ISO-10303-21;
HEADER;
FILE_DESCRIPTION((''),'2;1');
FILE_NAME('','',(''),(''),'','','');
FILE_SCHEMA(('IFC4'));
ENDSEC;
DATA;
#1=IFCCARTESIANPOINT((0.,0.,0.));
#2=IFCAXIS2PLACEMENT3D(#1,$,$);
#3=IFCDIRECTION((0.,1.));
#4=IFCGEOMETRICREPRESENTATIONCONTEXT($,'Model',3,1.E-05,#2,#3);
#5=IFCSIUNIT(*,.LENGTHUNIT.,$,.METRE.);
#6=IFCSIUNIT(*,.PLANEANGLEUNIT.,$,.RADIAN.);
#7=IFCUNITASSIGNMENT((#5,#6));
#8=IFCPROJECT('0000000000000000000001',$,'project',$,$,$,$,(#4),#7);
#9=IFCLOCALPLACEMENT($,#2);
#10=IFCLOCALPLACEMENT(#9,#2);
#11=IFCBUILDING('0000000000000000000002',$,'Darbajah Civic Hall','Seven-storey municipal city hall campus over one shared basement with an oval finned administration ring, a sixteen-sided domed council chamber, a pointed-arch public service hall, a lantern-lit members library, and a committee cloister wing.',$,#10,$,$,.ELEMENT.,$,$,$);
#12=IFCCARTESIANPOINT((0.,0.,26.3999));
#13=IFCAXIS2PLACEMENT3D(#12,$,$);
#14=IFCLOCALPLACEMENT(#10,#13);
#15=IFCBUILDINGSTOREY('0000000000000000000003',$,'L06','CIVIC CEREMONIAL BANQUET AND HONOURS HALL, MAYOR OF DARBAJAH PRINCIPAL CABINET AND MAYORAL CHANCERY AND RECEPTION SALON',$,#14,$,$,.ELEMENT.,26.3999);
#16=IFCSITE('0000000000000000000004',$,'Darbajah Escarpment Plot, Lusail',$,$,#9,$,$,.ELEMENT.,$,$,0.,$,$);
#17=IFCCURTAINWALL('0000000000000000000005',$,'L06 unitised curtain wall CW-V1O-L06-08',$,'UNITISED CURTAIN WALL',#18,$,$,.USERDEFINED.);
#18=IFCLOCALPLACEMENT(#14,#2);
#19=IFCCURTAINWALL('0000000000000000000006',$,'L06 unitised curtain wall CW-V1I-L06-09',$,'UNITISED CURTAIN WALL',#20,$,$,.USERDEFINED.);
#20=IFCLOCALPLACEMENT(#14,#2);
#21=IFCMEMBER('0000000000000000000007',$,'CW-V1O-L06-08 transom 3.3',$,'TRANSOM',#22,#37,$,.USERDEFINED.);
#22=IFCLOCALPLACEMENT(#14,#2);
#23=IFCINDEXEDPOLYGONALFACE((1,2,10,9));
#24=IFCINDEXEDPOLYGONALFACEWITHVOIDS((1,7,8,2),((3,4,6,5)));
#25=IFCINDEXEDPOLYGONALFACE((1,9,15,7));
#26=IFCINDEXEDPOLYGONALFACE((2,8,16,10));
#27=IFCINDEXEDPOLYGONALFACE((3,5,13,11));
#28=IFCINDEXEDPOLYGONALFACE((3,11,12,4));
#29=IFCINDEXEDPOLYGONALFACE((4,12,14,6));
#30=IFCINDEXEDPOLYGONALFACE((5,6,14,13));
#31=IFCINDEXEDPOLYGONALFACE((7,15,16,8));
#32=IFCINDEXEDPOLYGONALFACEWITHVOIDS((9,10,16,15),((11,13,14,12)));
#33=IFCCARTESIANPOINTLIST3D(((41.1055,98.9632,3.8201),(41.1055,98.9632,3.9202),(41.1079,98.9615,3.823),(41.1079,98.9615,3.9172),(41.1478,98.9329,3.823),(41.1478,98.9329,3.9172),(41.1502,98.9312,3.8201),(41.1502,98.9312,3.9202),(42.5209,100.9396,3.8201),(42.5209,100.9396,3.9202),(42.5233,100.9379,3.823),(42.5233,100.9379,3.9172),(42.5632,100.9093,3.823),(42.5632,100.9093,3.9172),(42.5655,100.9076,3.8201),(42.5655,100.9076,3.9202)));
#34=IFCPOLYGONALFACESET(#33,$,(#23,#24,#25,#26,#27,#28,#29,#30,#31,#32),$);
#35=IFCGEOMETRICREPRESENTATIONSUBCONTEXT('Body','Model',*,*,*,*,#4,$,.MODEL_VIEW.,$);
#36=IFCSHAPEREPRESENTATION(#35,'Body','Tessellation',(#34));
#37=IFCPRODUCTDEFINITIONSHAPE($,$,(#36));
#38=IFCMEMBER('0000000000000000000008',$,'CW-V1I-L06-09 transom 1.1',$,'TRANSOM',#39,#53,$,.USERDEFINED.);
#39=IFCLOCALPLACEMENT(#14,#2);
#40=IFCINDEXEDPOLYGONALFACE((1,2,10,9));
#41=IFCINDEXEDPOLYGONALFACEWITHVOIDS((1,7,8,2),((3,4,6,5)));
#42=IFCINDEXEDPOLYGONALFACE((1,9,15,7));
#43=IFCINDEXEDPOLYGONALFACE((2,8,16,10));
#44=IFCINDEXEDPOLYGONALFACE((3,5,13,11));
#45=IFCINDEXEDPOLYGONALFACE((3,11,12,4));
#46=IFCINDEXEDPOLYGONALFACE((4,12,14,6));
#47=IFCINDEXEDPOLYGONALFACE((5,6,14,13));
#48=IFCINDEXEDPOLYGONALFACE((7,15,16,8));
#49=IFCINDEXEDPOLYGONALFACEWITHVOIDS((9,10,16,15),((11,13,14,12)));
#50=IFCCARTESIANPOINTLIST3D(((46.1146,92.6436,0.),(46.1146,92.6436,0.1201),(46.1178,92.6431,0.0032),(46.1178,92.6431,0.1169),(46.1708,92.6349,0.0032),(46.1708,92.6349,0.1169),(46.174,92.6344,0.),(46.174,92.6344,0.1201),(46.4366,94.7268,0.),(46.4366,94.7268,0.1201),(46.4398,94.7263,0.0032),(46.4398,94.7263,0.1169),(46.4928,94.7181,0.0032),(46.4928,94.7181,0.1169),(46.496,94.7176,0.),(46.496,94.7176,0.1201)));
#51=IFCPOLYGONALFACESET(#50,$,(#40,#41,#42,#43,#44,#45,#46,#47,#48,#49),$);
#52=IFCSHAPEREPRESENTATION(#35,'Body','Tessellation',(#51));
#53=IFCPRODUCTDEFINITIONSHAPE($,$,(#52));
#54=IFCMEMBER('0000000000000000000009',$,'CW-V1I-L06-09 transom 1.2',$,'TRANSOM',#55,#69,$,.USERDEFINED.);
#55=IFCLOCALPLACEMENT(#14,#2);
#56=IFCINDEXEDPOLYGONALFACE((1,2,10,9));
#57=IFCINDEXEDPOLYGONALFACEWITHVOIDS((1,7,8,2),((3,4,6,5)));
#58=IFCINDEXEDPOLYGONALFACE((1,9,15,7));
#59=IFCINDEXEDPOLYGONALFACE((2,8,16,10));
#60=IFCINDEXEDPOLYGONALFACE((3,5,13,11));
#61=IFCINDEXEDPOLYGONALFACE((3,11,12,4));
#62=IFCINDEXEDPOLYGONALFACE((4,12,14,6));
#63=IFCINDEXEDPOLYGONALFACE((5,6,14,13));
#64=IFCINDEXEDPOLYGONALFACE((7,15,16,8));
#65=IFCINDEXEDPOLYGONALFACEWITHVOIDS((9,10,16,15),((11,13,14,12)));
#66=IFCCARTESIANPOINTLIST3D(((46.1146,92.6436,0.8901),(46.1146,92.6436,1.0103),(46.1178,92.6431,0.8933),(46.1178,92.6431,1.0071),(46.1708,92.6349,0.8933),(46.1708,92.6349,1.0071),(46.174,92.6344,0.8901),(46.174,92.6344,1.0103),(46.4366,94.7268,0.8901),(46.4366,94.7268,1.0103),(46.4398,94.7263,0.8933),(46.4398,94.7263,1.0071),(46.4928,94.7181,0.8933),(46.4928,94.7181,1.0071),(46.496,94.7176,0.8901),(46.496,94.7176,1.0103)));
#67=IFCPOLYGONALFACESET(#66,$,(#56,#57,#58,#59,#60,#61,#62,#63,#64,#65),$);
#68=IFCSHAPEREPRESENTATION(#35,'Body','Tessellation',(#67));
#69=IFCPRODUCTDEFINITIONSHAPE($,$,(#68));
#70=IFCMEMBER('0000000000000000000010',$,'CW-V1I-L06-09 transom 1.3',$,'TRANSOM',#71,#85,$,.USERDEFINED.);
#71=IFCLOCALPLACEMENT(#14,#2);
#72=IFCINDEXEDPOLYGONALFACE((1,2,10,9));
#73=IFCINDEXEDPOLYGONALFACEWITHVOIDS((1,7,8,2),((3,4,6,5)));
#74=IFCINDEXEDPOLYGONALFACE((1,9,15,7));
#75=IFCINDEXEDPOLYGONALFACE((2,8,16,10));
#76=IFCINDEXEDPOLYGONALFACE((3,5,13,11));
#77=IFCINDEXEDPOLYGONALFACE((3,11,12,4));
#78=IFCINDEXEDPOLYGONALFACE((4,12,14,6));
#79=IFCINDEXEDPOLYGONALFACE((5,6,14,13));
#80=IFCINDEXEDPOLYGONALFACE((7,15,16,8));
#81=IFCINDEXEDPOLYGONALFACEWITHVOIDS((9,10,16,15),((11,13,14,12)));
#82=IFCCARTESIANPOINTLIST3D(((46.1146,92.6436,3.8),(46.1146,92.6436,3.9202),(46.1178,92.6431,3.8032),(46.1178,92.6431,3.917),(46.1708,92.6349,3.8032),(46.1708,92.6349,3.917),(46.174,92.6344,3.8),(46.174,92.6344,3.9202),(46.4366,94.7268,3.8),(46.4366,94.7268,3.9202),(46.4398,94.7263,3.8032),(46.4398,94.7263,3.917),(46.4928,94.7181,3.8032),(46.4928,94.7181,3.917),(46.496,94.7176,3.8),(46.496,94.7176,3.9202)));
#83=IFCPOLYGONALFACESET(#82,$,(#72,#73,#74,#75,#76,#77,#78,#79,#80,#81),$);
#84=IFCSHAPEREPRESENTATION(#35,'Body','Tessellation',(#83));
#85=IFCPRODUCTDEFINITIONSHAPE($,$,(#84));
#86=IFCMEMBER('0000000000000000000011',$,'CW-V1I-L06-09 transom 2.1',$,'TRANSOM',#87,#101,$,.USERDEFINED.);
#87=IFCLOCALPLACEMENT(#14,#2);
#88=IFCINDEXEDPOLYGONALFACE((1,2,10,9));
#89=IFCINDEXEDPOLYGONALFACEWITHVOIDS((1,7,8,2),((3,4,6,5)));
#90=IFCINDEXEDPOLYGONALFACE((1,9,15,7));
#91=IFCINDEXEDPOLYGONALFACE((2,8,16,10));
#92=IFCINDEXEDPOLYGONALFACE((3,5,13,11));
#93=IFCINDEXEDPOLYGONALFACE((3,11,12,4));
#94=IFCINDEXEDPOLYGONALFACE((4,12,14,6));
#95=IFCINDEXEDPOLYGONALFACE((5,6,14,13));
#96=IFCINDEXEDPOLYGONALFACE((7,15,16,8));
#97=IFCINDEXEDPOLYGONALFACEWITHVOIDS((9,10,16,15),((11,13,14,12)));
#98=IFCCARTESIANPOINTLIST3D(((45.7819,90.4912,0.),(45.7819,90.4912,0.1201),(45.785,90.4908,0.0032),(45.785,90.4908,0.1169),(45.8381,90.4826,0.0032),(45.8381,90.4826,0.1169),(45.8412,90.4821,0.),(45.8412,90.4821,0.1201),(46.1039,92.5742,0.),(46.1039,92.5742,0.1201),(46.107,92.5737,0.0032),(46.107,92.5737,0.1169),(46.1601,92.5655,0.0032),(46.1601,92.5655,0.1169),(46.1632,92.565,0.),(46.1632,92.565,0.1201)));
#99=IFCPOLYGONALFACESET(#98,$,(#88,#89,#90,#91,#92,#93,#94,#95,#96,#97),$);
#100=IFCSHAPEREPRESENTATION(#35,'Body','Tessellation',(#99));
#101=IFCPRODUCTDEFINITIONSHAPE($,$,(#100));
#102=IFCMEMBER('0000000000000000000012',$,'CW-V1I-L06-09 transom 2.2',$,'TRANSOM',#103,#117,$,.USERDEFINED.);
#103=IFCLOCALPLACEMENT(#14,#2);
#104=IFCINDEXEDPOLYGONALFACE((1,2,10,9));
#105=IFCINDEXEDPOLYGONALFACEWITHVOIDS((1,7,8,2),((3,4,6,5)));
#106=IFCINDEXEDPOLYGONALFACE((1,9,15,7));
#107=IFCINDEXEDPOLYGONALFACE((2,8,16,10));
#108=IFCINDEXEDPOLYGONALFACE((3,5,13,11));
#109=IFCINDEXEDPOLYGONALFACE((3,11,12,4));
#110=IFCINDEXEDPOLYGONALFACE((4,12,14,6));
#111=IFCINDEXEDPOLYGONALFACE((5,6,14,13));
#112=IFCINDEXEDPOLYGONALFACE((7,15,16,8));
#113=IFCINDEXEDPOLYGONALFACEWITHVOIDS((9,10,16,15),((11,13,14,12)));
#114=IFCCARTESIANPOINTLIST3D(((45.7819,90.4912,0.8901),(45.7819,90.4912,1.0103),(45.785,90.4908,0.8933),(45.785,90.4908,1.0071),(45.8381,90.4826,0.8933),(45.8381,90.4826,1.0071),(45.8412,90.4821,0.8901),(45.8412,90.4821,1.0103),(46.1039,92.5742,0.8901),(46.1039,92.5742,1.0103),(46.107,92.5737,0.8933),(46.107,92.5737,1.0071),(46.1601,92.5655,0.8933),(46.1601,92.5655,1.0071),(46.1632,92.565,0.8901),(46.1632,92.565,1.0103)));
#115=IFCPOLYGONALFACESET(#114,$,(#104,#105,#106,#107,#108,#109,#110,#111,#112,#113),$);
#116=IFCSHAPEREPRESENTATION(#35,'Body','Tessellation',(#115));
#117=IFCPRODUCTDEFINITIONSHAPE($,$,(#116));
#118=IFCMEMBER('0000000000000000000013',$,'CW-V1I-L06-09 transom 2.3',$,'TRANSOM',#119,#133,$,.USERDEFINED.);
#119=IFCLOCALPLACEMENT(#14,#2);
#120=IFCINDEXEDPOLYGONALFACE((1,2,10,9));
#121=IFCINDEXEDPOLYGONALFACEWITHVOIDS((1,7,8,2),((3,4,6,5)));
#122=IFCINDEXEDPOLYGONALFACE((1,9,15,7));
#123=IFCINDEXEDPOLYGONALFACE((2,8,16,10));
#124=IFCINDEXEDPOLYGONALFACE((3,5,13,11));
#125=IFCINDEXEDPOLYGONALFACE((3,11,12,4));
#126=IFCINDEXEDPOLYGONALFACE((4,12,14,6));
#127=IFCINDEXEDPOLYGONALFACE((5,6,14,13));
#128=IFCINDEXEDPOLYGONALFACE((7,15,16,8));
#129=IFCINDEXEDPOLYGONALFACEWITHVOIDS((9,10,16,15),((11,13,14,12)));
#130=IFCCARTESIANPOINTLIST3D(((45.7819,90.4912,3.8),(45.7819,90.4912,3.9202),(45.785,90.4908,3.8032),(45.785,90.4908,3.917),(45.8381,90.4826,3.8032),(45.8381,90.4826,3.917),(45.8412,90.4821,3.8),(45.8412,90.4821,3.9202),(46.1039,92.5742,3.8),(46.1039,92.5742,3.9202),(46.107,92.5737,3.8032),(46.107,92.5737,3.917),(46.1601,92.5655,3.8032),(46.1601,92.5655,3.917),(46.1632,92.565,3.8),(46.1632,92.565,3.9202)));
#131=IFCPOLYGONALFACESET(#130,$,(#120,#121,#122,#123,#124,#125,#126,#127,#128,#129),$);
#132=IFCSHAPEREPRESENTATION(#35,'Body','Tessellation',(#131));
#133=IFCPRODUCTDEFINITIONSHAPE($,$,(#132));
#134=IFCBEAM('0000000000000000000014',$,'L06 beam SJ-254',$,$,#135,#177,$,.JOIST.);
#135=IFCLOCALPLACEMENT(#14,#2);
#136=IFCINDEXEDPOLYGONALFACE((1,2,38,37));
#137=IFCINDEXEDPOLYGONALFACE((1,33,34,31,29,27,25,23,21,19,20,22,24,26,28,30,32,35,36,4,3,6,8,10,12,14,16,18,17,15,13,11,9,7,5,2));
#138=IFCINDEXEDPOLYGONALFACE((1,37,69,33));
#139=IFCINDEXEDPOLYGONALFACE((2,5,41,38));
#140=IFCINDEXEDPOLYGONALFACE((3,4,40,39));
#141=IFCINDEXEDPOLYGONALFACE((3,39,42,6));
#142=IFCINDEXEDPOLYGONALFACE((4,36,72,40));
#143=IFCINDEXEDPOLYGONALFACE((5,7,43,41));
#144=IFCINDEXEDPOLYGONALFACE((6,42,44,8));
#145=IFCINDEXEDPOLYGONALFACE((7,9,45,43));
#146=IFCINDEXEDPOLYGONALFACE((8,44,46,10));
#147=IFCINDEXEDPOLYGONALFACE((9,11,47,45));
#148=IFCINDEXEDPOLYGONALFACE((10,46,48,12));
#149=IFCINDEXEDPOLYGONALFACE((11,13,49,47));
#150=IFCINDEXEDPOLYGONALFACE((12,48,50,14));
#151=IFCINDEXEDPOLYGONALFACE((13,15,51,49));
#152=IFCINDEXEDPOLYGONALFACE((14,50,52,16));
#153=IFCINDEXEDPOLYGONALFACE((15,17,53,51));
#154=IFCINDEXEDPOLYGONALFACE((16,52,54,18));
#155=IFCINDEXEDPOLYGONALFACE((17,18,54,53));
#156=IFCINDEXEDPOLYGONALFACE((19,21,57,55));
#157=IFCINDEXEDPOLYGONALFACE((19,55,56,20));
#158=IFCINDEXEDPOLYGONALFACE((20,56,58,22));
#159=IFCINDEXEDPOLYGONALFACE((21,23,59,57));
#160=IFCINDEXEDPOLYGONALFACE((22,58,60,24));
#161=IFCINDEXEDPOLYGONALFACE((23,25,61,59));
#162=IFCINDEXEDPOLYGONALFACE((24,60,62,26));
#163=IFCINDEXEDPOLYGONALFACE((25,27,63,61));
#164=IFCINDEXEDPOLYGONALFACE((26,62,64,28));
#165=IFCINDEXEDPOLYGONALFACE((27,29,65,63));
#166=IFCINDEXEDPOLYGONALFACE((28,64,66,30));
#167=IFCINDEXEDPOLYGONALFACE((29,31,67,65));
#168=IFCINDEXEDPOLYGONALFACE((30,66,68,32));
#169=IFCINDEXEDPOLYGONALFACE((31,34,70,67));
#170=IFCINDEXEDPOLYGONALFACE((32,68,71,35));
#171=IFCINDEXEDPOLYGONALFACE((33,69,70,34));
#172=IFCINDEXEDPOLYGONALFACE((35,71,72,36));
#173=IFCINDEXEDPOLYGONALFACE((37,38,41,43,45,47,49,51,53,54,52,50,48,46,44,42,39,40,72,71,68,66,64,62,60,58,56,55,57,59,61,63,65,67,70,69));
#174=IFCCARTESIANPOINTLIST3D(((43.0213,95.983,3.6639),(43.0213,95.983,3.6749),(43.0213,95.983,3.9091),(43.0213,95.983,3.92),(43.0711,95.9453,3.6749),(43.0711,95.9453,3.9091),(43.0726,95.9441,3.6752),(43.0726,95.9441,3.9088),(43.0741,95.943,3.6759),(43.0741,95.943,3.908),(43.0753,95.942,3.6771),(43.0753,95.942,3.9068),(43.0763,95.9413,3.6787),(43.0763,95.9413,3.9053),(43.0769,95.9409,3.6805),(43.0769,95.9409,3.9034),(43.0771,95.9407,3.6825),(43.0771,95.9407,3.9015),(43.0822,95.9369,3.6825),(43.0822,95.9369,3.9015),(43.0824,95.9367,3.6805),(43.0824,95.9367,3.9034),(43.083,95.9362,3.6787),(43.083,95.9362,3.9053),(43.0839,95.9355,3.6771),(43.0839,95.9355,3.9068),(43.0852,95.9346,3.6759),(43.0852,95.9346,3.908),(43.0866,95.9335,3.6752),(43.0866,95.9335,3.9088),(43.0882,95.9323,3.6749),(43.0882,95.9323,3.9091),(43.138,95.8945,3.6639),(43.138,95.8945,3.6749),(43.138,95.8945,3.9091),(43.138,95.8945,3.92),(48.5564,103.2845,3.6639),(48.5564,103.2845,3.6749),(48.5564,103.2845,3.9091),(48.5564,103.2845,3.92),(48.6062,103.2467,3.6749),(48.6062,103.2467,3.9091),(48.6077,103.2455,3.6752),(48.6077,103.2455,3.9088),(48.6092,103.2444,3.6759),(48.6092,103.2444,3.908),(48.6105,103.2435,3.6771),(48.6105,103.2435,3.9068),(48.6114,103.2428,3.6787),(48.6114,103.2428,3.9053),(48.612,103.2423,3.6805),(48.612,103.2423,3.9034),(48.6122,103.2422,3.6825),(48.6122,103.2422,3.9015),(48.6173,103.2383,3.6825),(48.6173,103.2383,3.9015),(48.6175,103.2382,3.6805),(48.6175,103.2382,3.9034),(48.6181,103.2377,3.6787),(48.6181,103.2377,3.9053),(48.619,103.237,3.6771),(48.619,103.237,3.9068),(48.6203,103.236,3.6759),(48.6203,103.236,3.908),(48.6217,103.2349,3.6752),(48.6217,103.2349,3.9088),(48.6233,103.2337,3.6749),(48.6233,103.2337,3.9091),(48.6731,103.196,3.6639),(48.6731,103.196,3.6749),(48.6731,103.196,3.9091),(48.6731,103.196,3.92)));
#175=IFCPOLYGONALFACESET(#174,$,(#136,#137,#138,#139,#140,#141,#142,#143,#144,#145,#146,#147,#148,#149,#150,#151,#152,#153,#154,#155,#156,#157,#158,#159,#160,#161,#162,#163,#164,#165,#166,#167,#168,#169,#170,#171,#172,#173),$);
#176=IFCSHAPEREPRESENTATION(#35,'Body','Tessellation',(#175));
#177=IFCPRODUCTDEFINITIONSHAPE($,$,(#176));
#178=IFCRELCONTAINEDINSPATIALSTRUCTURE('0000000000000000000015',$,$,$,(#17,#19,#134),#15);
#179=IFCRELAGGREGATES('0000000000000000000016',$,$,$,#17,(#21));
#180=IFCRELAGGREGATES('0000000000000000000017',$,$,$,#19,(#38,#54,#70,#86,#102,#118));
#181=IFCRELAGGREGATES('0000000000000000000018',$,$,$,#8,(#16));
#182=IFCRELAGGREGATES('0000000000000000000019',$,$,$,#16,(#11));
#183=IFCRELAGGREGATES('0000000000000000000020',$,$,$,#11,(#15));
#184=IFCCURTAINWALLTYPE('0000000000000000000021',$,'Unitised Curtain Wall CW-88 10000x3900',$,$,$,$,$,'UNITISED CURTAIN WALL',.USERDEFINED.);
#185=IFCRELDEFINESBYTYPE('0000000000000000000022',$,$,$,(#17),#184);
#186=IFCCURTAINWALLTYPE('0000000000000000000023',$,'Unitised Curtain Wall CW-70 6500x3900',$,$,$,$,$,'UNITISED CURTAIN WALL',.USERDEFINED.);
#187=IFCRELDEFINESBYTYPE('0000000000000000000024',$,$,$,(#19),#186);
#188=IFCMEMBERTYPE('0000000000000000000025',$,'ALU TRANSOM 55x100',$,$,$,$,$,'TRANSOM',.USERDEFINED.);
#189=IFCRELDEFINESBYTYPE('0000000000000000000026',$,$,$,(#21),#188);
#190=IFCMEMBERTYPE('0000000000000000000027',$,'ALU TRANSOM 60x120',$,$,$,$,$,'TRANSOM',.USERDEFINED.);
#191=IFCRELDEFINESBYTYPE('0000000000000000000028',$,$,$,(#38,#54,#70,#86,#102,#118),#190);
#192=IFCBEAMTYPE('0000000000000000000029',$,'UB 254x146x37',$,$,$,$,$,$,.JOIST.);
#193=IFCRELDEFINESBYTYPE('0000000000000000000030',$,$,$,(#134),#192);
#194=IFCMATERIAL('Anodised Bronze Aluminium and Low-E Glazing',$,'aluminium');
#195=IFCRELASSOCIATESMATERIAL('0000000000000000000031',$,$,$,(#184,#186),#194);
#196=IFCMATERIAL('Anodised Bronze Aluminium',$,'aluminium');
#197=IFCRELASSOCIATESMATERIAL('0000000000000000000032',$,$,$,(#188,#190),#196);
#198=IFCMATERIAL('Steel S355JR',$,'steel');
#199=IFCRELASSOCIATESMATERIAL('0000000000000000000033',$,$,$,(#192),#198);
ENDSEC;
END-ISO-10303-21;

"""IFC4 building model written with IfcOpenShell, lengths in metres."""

from ifc_helpers import new_model, si_unit, direction, frame, origin, origin_2d, place, context, subcontext, project, spatial, hollow_rectangle, i_section, extrude, material, material_profile, profile_set, type_object, element, aggregate, save


model = new_model("IFC4")

# Units and contexts
model_context = context("Model", 3, precision=1e-05, world=origin(), true_north=direction((0.0, 1.0)))
body_context = subcontext(model_context, "Body", "Model", "MODEL_VIEW")
ifc_project = project(units=[si_unit("LENGTHUNIT", "METRE"), si_unit("PLANEANGLEUNIT", "RADIAN")], contexts=[model_context])

# Site, building, storey
site_placement = place(None, origin())
site = spatial("IfcSite", under=ifc_project, at=site_placement, Name="Darbajah Escarpment Plot, Lusail", CompositionType="ELEMENT", RefElevation=0.0)
building_placement = place(site_placement, origin())
building = spatial("IfcBuilding", under=site, at=building_placement, Name="Darbajah Civic Hall", Description="Seven-storey municipal city hall campus over one shared basement with an oval finned administration ring, a sixteen-sided domed council chamber, a pointed-arch public service hall, a lantern-lit members library, and a committee cloister wing.", CompositionType="ELEMENT")
storey_placement = place(building_placement, frame((0.0, 0.0, 26.3999)))
storey = spatial("IfcBuildingStorey", under=building, at=storey_placement, Name="L06", Description="CIVIC CEREMONIAL BANQUET AND HONOURS HALL, MAYOR OF DARBAJAH PRINCIPAL CABINET AND MAYORAL CHANCERY AND RECEPTION SALON", CompositionType="ELEMENT", Elevation=26.3999)

# Curtain walls
ifc_material_1 = material(Name="Anodised Bronze Aluminium and Low-E Glazing", Category="aluminium")
curtain_wall_type_1 = type_object("IfcCurtainWallType", Name="Unitised Curtain Wall CW-88 10000x3900", ElementType="UNITISED CURTAIN WALL", PredefinedType="USERDEFINED", material=ifc_material_1)
curtain_wall_1_placement = place(storey_placement, origin())
curtain_wall_1 = element("IfcCurtainWall", 1, at=curtain_wall_1_placement, inside=storey, type_object=curtain_wall_type_1, Name="L06 unitised curtain wall CW-V1O-L06-08", ObjectType="UNITISED CURTAIN WALL", PredefinedType="USERDEFINED")
ifc_material_2 = material(Name="Anodised Bronze Aluminium", Category="aluminium")
curtain_wall_type_2 = type_object("IfcCurtainWallType", Name="Unitised Curtain Wall CW-70 6500x3900", ElementType="UNITISED CURTAIN WALL", PredefinedType="USERDEFINED", material=ifc_material_1)
curtain_wall_2_placement = place(storey_placement, origin())
curtain_wall_2 = element("IfcCurtainWall", 2, at=curtain_wall_2_placement, inside=storey, type_object=curtain_wall_type_2, Name="L06 unitised curtain wall CW-V1I-L06-09", ObjectType="UNITISED CURTAIN WALL", PredefinedType="USERDEFINED")

# Members
ifc_material_profile_1 = material_profile(ifc_material_2, hollow_rectangle(XDim=0.0549, YDim=0.1001, WallThickness=0.0029, at=origin_2d()), Name="ALU TRANSOM 55x100")
ifc_profile_set_1 = profile_set([ifc_material_profile_1], Name="Anodised Bronze Aluminium")
member_type_1 = type_object("IfcMemberType", Name="ALU TRANSOM 55x100", ElementType="TRANSOM", PredefinedType="USERDEFINED", material=ifc_profile_set_1)
member_1_placement = place(storey_placement, frame((42.5432, 100.9236, 3.8701), z_axis=(-0.582226, -0.813027, 0.0), x_axis=(0.813027, -0.582226, 0.0)))
member_1 = element("IfcMember", 3, at=member_1_placement, type_object=member_type_1, Name="CW-V1O-L06-08 transom 3.3", ObjectType="TRANSOM", PredefinedType="USERDEFINED", context=body_context, shape_type="SweptSolid", body=[
    extrude(hollow_rectangle(XDim=0.0549, YDim=0.1001, WallThickness=0.0029, at=origin_2d()), origin(), (0.0, 0.0, 1.0), 2.4309),
])
ifc_material_profile_2 = material_profile(ifc_material_2, hollow_rectangle(XDim=0.0601, YDim=0.1201, WallThickness=0.0032, at=origin_2d()), Name="ALU TRANSOM 60x120")
ifc_profile_set_2 = profile_set([ifc_material_profile_2], Name="Anodised Bronze Aluminium")
member_type_2 = type_object("IfcMemberType", Name="ALU TRANSOM 60x120", ElementType="TRANSOM", PredefinedType="USERDEFINED", material=ifc_profile_set_2)
member_2_placement = place(storey_placement, frame((46.4663, 94.7222, 0.0601), z_axis=(-0.152762, -0.988263, 0.0), x_axis=(0.988263, -0.152762, 0.0)))
member_2 = element("IfcMember", 4, at=member_2_placement, type_object=member_type_2, Name="CW-V1I-L06-09 transom 1.1", ObjectType="TRANSOM", PredefinedType="USERDEFINED", context=body_context, shape_type="SweptSolid", body=[
    extrude(hollow_rectangle(XDim=0.0601, YDim=0.1201, WallThickness=0.0032, at=origin_2d()), origin(), (0.0, 0.0, 1.0), 2.1079),
])
member_3_placement = place(storey_placement, frame((46.4663, 94.7222, 0.9502), z_axis=(-0.152762, -0.988263, 0.0), x_axis=(0.988263, -0.152762, 0.0)))
member_3 = element("IfcMember", 5, at=member_3_placement, type_object=member_type_2, Name="CW-V1I-L06-09 transom 1.2", ObjectType="TRANSOM", PredefinedType="USERDEFINED", context=body_context, shape_type="SweptSolid", body=[
    extrude(hollow_rectangle(XDim=0.0601, YDim=0.1201, WallThickness=0.0032, at=origin_2d()), origin(), (0.0, 0.0, 1.0), 2.1079),
])
member_4_placement = place(storey_placement, frame((46.4663, 94.7222, 3.8601), z_axis=(-0.152762, -0.988263, 0.0), x_axis=(0.988263, -0.152762, 0.0)))
member_4 = element("IfcMember", 6, at=member_4_placement, type_object=member_type_2, Name="CW-V1I-L06-09 transom 1.3", ObjectType="TRANSOM", PredefinedType="USERDEFINED", context=body_context, shape_type="SweptSolid", body=[
    extrude(hollow_rectangle(XDim=0.0601, YDim=0.1201, WallThickness=0.0032, at=origin_2d()), origin(), (0.0, 0.0, 1.0), 2.1079),
])
member_5_placement = place(storey_placement, frame((46.1335, 92.5696, 0.0601), z_axis=(-0.15278, -0.98826, 0.0), x_axis=(0.98826, -0.15278, 0.0)))
member_5 = element("IfcMember", 7, at=member_5_placement, type_object=member_type_2, Name="CW-V1I-L06-09 transom 2.1", ObjectType="TRANSOM", PredefinedType="USERDEFINED", context=body_context, shape_type="SweptSolid", body=[
    extrude(hollow_rectangle(XDim=0.0601, YDim=0.1201, WallThickness=0.0032, at=origin_2d()), origin(), (0.0, 0.0, 1.0), 2.1077),
])
member_6_placement = place(storey_placement, frame((46.1335, 92.5696, 0.9502), z_axis=(-0.15278, -0.98826, 0.0), x_axis=(0.98826, -0.15278, 0.0)))
member_6 = element("IfcMember", 8, at=member_6_placement, type_object=member_type_2, Name="CW-V1I-L06-09 transom 2.2", ObjectType="TRANSOM", PredefinedType="USERDEFINED", context=body_context, shape_type="SweptSolid", body=[
    extrude(hollow_rectangle(XDim=0.0601, YDim=0.1201, WallThickness=0.0032, at=origin_2d()), origin(), (0.0, 0.0, 1.0), 2.1077),
])
member_7_placement = place(storey_placement, frame((46.1335, 92.5696, 3.8601), z_axis=(-0.15278, -0.98826, 0.0), x_axis=(0.98826, -0.15278, 0.0)))
member_7 = element("IfcMember", 9, at=member_7_placement, type_object=member_type_2, Name="CW-V1I-L06-09 transom 2.3", ObjectType="TRANSOM", PredefinedType="USERDEFINED", context=body_context, shape_type="SweptSolid", body=[
    extrude(hollow_rectangle(XDim=0.0601, YDim=0.1201, WallThickness=0.0032, at=origin_2d()), origin(), (0.0, 0.0, 1.0), 2.1077),
])

# Beam
ifc_material_3 = material(Name="Steel S355JR", Category="steel")
ifc_material_profile_3 = material_profile(ifc_material_3, i_section(OverallWidth=0.1465, OverallDepth=0.2561, WebThickness=0.0063, FlangeThickness=0.011, FilletRadius=0.0076, at=origin_2d()), Name="UB 254x146x37")
ifc_profile_set_3 = profile_set([ifc_material_profile_3], Name="Steel S355JR")
beam_type_1 = type_object("IfcBeamType", Name="UB 254x146x37", PredefinedType="JOIST", material=ifc_profile_set_3)
beam_1_placement = place(storey_placement, frame((48.6147, 103.2402, 3.792), z_axis=(-0.604115, -0.796897, 0.0), x_axis=(0.796897, -0.604115, 0.0)))
element("IfcBeam", 10, at=beam_1_placement, inside=storey, type_object=beam_type_1, Name="L06 beam SJ-254", PredefinedType="JOIST", context=body_context, shape_type="SweptSolid", body=[
    extrude(i_section(OverallWidth=0.1465, OverallDepth=0.2561, WebThickness=0.0063, FlangeThickness=0.011, FilletRadius=0.0076, at=origin_2d()), origin(), (0.0, 0.0, 1.0), 9.1624),
])

aggregate(curtain_wall_1, [member_1])
aggregate(curtain_wall_2, [member_2, member_3, member_4, member_5, member_6, member_7])

save(model, "model.ifc")
